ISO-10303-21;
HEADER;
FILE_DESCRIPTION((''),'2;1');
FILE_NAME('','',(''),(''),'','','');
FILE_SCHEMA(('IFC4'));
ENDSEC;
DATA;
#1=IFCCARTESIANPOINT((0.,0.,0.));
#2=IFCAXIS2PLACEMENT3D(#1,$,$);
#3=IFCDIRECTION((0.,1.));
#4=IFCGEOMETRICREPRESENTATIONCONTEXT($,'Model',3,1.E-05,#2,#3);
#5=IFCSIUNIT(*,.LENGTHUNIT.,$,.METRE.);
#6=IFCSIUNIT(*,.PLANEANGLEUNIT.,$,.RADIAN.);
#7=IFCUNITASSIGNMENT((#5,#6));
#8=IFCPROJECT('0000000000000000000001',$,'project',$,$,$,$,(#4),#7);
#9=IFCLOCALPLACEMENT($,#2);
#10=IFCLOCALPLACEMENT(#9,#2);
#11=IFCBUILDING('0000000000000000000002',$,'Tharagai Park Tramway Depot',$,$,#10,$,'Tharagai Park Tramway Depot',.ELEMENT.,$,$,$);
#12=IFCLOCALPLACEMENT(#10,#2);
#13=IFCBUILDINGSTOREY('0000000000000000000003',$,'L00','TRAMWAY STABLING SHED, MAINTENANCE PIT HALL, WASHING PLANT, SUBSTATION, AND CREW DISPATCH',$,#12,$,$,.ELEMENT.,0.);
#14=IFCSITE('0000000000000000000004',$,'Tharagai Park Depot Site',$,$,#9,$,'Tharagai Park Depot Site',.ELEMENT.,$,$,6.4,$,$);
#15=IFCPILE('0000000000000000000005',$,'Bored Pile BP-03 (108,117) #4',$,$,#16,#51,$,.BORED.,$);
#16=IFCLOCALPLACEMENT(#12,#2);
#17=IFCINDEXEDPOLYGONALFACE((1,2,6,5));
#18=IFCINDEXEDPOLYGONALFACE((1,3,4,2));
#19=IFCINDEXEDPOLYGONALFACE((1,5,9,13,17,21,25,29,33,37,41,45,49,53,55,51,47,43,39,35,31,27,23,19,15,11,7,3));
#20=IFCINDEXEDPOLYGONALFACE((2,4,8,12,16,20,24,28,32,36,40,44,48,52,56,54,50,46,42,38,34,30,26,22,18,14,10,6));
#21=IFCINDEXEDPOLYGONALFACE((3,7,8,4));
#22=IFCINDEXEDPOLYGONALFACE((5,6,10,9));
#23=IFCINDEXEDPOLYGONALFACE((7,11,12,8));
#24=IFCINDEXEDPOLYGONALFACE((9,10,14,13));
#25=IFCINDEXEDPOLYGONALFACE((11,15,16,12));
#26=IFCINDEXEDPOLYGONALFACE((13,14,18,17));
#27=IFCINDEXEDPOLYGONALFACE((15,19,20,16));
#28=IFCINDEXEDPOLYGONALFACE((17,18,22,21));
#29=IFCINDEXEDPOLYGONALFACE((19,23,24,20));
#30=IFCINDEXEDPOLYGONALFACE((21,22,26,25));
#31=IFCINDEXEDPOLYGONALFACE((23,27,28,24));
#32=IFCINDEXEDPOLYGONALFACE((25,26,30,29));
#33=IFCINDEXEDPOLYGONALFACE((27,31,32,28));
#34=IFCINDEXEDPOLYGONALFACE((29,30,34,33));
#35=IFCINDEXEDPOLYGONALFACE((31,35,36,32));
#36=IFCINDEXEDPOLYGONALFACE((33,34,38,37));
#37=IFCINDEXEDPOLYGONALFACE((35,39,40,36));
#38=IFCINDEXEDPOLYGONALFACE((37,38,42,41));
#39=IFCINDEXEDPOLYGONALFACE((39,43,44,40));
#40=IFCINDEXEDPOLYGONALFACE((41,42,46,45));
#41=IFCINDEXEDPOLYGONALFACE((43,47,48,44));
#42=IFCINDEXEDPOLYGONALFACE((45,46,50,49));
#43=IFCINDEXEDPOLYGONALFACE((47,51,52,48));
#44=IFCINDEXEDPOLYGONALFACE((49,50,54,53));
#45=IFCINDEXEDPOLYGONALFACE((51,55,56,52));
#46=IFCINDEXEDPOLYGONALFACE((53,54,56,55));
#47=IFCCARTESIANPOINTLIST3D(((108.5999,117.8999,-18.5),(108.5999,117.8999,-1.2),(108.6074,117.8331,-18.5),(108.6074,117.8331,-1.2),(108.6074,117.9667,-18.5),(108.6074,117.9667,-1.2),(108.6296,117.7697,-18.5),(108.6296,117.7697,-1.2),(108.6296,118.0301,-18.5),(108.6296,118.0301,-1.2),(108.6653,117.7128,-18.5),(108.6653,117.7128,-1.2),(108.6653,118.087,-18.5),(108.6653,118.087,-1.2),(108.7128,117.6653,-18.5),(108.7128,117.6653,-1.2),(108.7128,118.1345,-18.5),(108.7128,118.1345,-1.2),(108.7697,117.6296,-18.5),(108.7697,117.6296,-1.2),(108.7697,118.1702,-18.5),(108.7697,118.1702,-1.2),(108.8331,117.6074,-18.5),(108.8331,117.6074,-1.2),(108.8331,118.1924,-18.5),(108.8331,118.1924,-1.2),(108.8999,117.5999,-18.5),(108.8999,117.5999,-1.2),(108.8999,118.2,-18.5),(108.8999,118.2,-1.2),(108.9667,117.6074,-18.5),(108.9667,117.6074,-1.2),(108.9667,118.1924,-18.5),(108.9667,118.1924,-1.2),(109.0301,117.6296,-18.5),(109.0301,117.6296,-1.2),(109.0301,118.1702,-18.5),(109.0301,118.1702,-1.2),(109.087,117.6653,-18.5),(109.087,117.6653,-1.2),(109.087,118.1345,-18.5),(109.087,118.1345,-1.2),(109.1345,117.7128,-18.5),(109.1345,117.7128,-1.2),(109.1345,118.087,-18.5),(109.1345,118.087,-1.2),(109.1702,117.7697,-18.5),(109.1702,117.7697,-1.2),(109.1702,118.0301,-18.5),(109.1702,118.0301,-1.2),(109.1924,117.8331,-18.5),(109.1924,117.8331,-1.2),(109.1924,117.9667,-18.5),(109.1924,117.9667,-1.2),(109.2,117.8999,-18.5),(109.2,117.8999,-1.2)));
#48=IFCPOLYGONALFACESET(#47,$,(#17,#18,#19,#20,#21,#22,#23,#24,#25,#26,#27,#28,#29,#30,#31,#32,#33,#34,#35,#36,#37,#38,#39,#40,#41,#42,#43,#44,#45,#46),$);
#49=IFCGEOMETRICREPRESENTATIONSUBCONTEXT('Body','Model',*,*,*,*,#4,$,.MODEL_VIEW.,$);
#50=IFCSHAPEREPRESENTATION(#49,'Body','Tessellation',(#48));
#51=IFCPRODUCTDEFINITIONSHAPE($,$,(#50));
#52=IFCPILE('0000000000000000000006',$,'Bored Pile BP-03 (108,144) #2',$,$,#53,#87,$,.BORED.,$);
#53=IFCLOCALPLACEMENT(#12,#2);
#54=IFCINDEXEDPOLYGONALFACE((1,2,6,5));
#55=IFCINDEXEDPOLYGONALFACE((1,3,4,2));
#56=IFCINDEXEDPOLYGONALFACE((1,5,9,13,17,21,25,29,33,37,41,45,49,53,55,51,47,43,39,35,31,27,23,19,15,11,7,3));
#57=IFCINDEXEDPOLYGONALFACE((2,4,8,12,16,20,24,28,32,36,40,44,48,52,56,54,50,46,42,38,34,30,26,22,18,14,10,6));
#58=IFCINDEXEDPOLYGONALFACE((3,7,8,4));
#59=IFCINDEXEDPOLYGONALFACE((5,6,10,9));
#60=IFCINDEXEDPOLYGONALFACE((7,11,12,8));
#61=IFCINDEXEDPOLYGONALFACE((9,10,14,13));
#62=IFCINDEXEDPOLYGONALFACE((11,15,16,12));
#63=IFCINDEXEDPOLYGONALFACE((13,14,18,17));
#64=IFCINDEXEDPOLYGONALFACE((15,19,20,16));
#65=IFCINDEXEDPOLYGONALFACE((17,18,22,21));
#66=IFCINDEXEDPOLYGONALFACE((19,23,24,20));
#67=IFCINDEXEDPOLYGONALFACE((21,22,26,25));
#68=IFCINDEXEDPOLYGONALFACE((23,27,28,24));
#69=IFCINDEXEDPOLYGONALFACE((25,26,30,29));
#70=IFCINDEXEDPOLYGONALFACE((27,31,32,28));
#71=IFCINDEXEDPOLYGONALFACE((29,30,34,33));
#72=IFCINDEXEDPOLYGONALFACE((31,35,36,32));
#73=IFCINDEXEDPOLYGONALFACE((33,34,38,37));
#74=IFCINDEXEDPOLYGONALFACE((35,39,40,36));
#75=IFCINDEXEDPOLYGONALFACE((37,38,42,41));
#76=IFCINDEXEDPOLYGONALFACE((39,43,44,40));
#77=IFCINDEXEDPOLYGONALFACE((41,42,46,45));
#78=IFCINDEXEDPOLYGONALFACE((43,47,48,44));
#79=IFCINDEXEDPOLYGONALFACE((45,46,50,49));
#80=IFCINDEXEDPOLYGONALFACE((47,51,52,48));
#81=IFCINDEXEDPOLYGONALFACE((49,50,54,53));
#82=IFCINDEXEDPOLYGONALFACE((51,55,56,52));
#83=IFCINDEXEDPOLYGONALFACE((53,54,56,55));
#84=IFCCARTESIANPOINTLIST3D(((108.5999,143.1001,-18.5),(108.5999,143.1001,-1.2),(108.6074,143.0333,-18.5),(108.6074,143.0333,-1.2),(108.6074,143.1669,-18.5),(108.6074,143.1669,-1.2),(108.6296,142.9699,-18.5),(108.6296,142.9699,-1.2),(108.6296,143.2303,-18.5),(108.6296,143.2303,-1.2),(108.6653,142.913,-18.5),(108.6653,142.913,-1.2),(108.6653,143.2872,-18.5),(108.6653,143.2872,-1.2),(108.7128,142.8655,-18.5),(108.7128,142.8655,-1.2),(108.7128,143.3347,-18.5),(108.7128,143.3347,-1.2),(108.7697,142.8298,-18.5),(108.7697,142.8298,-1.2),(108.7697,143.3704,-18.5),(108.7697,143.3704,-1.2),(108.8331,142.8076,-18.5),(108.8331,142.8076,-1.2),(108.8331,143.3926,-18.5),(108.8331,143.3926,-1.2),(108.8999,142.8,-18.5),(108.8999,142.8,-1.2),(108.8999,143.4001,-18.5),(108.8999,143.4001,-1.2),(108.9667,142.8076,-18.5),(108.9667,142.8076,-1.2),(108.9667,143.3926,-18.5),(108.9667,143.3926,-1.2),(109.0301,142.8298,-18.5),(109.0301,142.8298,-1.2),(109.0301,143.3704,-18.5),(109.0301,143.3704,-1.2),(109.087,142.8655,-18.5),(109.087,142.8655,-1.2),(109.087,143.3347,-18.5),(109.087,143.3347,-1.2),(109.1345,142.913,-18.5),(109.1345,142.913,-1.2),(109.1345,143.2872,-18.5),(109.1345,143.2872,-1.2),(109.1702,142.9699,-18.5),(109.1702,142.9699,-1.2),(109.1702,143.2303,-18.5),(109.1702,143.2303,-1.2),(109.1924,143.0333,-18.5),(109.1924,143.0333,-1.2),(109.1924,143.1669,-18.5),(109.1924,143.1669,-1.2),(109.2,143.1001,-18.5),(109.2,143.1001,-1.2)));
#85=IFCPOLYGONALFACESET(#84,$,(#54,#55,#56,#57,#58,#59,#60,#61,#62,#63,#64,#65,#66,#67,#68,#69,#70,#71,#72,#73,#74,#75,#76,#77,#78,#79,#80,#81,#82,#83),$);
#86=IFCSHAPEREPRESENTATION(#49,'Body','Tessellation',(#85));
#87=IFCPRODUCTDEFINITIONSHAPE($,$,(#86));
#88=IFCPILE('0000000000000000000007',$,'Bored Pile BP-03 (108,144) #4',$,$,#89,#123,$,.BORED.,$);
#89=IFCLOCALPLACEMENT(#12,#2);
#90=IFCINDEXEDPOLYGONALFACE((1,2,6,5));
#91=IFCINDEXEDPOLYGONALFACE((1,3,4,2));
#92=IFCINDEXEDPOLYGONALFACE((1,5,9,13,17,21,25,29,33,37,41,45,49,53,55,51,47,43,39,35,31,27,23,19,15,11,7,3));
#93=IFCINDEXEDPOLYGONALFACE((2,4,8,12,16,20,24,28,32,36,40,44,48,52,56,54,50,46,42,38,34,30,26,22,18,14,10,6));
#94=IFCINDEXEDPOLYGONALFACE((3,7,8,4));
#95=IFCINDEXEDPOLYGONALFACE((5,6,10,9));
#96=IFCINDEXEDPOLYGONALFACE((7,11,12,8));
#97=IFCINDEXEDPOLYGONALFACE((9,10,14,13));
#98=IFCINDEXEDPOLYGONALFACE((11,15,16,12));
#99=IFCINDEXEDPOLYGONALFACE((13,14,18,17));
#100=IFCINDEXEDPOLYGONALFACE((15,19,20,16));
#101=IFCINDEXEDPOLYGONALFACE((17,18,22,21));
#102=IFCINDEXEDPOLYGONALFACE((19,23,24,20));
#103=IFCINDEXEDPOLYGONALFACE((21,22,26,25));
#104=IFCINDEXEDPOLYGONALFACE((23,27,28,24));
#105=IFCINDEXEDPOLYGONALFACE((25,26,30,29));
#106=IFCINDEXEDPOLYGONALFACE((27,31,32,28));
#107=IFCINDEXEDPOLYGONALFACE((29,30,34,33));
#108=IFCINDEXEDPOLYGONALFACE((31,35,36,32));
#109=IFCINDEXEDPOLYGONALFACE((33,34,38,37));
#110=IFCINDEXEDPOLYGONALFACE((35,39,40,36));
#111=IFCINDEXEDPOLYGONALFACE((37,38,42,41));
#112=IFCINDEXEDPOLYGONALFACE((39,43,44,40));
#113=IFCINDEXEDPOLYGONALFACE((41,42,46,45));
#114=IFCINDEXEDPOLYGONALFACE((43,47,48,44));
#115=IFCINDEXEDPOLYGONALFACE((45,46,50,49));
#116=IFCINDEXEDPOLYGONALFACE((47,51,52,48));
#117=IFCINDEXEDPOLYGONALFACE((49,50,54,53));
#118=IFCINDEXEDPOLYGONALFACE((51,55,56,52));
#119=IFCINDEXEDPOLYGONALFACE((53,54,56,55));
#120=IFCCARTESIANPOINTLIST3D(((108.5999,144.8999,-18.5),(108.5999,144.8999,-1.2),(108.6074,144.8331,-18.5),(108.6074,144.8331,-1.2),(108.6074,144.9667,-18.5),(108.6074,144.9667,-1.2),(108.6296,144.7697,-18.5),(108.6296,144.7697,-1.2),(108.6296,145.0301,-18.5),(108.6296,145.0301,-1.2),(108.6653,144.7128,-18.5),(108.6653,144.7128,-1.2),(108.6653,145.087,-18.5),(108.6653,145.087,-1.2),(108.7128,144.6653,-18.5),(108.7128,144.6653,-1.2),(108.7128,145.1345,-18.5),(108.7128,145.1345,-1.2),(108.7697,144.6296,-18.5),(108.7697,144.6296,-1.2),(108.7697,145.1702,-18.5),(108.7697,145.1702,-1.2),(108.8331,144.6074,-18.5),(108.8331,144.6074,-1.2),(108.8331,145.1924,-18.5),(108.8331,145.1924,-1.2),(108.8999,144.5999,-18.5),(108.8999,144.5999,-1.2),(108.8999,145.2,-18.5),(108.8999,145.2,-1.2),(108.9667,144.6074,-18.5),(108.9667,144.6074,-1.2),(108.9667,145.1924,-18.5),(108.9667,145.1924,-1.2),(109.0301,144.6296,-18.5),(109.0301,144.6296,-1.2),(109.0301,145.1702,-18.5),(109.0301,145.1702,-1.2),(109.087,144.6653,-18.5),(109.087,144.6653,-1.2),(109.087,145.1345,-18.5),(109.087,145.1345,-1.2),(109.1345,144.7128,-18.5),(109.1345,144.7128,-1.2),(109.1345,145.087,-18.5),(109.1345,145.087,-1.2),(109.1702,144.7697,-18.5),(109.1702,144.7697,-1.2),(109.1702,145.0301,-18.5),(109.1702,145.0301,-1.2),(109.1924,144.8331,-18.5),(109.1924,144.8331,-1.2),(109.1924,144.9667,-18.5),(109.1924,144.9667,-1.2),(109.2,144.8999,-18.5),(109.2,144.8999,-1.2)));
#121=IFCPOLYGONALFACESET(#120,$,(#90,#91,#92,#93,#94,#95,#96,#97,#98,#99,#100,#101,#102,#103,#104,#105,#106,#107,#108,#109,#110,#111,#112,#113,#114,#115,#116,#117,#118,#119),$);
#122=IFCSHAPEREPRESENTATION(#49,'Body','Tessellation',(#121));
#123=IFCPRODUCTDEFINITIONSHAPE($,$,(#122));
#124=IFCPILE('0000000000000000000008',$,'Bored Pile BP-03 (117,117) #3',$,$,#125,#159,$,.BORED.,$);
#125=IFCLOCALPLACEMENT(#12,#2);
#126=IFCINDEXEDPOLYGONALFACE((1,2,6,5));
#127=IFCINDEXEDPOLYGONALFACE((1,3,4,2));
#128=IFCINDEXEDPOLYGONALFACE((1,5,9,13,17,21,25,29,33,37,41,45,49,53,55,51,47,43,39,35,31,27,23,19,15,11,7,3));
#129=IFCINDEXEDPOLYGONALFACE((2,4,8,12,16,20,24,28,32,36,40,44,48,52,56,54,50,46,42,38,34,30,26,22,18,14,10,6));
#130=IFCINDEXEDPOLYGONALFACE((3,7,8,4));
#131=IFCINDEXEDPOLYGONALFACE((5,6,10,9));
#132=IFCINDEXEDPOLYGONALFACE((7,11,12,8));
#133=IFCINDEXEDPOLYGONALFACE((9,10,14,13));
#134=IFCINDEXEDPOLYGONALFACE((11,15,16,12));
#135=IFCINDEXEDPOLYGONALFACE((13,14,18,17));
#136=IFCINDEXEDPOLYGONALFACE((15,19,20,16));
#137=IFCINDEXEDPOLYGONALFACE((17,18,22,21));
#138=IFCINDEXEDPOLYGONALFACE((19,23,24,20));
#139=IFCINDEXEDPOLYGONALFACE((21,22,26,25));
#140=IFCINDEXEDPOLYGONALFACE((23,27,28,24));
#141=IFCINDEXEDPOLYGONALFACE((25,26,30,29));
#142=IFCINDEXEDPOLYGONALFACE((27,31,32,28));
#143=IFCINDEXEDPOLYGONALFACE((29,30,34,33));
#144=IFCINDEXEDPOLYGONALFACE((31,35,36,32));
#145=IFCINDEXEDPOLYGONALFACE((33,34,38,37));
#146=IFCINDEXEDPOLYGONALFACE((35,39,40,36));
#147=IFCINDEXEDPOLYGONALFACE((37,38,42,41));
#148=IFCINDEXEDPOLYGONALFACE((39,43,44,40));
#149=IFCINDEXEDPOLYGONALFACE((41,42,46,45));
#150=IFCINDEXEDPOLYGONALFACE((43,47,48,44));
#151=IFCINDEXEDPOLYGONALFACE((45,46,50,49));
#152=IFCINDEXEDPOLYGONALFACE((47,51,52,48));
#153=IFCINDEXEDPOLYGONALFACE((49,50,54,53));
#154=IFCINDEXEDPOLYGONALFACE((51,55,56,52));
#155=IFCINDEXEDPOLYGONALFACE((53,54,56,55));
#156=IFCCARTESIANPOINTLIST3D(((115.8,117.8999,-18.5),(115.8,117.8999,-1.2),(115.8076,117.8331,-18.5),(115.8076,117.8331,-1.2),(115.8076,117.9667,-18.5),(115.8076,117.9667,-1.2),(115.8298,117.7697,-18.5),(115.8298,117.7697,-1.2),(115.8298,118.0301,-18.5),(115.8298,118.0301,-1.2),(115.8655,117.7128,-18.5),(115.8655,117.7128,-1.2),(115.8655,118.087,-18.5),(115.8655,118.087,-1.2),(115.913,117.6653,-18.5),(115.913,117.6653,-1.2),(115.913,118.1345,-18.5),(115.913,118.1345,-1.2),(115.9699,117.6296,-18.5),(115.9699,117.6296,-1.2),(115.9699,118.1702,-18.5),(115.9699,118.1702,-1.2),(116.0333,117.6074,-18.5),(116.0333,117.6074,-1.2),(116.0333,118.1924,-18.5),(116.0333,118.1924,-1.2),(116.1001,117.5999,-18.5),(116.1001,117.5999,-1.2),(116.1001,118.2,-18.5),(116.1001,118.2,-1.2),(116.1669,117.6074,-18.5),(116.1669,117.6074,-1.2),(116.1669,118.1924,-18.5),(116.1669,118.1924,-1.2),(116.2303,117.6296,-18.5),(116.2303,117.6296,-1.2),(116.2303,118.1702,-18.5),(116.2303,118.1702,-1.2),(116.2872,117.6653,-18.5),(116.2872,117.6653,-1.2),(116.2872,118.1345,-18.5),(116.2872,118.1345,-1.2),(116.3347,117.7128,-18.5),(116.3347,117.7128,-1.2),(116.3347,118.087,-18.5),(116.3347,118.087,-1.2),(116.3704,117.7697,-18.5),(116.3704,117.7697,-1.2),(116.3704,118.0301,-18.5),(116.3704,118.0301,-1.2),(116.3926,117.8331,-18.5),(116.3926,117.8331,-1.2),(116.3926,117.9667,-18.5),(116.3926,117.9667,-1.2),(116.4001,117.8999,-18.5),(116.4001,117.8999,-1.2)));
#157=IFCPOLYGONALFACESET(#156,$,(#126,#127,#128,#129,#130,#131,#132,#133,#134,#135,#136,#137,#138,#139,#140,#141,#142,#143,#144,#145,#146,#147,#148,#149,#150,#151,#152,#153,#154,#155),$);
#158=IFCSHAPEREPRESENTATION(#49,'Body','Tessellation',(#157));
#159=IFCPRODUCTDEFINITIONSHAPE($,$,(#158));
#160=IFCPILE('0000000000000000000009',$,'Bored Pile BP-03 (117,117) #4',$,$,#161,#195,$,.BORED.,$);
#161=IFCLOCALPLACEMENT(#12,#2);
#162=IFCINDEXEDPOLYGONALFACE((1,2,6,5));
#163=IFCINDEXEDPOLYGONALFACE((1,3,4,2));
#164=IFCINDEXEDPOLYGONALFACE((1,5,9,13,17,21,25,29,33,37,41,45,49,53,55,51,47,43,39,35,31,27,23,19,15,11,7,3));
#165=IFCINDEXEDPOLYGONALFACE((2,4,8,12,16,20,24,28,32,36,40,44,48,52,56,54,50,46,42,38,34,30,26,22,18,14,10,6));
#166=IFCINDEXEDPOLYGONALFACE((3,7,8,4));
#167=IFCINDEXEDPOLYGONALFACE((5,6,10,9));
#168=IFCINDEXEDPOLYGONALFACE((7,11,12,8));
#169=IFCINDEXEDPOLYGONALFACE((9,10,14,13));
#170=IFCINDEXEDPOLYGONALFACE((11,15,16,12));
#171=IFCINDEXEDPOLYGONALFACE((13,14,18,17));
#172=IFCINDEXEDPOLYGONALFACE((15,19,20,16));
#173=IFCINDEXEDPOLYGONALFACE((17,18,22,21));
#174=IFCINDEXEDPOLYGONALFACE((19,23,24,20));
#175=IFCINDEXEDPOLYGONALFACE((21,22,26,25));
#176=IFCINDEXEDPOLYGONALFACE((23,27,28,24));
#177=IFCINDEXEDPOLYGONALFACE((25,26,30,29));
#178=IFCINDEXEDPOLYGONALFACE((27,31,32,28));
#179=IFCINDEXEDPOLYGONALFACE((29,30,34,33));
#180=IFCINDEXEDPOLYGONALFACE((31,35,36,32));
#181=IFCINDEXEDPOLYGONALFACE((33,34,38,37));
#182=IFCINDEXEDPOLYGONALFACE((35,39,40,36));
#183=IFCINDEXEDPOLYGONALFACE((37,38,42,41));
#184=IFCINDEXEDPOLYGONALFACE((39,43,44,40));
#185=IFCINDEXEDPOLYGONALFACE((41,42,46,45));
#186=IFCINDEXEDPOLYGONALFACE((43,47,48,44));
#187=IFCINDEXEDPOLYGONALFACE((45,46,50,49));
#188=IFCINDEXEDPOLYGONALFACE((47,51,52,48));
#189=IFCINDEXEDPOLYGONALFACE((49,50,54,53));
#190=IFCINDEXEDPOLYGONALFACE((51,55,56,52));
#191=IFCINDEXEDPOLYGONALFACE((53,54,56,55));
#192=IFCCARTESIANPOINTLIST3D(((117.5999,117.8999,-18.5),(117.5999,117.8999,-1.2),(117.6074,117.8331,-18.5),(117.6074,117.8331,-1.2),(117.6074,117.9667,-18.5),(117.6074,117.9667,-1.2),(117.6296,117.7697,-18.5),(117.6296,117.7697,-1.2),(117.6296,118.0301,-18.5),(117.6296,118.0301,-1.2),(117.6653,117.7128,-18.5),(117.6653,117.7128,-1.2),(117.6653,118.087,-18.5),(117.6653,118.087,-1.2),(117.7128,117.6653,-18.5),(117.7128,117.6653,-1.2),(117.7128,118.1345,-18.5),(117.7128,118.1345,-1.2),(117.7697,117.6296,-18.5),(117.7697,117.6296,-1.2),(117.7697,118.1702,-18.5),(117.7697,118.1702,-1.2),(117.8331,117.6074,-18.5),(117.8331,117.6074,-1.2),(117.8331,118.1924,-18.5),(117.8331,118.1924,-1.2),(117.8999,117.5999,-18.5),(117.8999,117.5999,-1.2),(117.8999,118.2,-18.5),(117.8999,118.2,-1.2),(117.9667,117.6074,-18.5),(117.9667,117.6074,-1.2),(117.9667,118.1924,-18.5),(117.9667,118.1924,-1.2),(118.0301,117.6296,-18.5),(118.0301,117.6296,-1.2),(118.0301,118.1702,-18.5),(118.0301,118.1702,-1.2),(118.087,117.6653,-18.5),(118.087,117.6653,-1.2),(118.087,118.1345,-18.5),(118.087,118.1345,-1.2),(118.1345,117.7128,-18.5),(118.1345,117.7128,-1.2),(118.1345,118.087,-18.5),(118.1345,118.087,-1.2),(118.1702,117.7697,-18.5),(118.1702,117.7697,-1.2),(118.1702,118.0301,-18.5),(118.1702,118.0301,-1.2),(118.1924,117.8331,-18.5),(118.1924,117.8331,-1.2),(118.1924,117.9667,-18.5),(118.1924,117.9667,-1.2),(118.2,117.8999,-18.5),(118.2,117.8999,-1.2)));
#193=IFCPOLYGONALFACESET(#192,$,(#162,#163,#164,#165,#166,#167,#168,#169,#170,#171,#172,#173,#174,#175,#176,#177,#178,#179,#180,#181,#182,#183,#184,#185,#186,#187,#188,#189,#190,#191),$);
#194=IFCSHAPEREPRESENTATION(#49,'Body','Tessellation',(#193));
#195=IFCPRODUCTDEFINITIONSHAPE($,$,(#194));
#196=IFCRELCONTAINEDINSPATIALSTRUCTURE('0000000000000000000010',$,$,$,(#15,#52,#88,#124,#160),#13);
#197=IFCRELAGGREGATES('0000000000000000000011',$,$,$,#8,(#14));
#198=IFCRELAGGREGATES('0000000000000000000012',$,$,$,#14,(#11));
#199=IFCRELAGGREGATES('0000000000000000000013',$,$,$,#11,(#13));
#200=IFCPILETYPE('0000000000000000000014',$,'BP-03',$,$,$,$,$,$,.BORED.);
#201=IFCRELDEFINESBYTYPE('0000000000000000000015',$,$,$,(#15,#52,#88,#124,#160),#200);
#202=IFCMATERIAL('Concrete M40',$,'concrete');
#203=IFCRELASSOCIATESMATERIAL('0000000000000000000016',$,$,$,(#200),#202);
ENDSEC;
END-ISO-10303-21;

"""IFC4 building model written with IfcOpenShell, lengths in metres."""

from ifc_helpers import new_model, si_unit, direction, frame, origin, origin_2d, place, context, subcontext, project, spatial, circle, extrude, material, material_profile, profile_set, type_object, element, save


model = new_model("IFC4")

# Units and contexts
model_context = context("Model", 3, precision=1e-05, world=origin(), true_north=direction((0.0, 1.0)))
body_context = subcontext(model_context, "Body", "Model", "MODEL_VIEW")
ifc_project = project(units=[si_unit("LENGTHUNIT", "METRE"), si_unit("PLANEANGLEUNIT", "RADIAN")], contexts=[model_context])

# Site, building, storey
site_placement = place(None, origin())
site = spatial("IfcSite", under=ifc_project, at=site_placement, Name="Tharagai Park Depot Site", LongName="Tharagai Park Depot Site", CompositionType="ELEMENT", RefElevation=6.4)
building_placement = place(site_placement, origin())
building = spatial("IfcBuilding", under=site, at=building_placement, Name="Tharagai Park Tramway Depot", LongName="Tharagai Park Tramway Depot", CompositionType="ELEMENT")
storey_placement = place(building_placement, origin())
storey = spatial("IfcBuildingStorey", under=building, at=storey_placement, Name="L00", Description="TRAMWAY STABLING SHED, MAINTENANCE PIT HALL, WASHING PLANT, SUBSTATION, AND CREW DISPATCH", CompositionType="ELEMENT", Elevation=0.0)

# Piles
ifc_material_1 = material(Name="Concrete M40", Category="concrete")
ifc_material_profile_1 = material_profile(ifc_material_1, circle(Radius=0.3, at=origin_2d()), Name="PILE D600")
ifc_profile_set_1 = profile_set([ifc_material_profile_1], Name="Concrete M40")
pile_type = type_object("IfcPileType", Name="BP-03", PredefinedType="BORED", material=ifc_profile_set_1)
for number, where, z_axis, x_axis, name in (
    (1, (108.8999, 117.8999, -1.2), (0.0, 0.0, -1.0), (1.0, 0.0, 0.0), "Bored Pile BP-03 (108,117) #4"),
    (2, (108.8999, 143.1001, -1.2), (0.0, 0.0, -1.0), (1.0, 0.0, 0.0), "Bored Pile BP-03 (108,144) #2"),
    (3, (108.8999, 144.8999, -1.2), (0.0, 0.0, -1.0), (1.0, 0.0, 0.0), "Bored Pile BP-03 (108,144) #4"),
    (4, (116.1001, 117.8999, -1.2), (0.0, 0.0, -1.0), (1.0, 0.0, 0.0), "Bored Pile BP-03 (117,117) #3"),
    (5, (117.8999, 117.8999, -1.2), (0.0, 0.0, -1.0), (1.0, 0.0, 0.0), "Bored Pile BP-03 (117,117) #4"),
):
    element("IfcPile", number, at=place(storey_placement, frame(where, z_axis=z_axis, x_axis=x_axis)), inside=storey, type_object=pile_type, Name=name, PredefinedType="BORED", context=body_context, shape_type="SweptSolid", body=[
        extrude(circle(Radius=0.3, at=origin_2d()), origin(), (0.0, 0.0, 1.0), 17.3),
    ])

save(model, "model.ifc")
